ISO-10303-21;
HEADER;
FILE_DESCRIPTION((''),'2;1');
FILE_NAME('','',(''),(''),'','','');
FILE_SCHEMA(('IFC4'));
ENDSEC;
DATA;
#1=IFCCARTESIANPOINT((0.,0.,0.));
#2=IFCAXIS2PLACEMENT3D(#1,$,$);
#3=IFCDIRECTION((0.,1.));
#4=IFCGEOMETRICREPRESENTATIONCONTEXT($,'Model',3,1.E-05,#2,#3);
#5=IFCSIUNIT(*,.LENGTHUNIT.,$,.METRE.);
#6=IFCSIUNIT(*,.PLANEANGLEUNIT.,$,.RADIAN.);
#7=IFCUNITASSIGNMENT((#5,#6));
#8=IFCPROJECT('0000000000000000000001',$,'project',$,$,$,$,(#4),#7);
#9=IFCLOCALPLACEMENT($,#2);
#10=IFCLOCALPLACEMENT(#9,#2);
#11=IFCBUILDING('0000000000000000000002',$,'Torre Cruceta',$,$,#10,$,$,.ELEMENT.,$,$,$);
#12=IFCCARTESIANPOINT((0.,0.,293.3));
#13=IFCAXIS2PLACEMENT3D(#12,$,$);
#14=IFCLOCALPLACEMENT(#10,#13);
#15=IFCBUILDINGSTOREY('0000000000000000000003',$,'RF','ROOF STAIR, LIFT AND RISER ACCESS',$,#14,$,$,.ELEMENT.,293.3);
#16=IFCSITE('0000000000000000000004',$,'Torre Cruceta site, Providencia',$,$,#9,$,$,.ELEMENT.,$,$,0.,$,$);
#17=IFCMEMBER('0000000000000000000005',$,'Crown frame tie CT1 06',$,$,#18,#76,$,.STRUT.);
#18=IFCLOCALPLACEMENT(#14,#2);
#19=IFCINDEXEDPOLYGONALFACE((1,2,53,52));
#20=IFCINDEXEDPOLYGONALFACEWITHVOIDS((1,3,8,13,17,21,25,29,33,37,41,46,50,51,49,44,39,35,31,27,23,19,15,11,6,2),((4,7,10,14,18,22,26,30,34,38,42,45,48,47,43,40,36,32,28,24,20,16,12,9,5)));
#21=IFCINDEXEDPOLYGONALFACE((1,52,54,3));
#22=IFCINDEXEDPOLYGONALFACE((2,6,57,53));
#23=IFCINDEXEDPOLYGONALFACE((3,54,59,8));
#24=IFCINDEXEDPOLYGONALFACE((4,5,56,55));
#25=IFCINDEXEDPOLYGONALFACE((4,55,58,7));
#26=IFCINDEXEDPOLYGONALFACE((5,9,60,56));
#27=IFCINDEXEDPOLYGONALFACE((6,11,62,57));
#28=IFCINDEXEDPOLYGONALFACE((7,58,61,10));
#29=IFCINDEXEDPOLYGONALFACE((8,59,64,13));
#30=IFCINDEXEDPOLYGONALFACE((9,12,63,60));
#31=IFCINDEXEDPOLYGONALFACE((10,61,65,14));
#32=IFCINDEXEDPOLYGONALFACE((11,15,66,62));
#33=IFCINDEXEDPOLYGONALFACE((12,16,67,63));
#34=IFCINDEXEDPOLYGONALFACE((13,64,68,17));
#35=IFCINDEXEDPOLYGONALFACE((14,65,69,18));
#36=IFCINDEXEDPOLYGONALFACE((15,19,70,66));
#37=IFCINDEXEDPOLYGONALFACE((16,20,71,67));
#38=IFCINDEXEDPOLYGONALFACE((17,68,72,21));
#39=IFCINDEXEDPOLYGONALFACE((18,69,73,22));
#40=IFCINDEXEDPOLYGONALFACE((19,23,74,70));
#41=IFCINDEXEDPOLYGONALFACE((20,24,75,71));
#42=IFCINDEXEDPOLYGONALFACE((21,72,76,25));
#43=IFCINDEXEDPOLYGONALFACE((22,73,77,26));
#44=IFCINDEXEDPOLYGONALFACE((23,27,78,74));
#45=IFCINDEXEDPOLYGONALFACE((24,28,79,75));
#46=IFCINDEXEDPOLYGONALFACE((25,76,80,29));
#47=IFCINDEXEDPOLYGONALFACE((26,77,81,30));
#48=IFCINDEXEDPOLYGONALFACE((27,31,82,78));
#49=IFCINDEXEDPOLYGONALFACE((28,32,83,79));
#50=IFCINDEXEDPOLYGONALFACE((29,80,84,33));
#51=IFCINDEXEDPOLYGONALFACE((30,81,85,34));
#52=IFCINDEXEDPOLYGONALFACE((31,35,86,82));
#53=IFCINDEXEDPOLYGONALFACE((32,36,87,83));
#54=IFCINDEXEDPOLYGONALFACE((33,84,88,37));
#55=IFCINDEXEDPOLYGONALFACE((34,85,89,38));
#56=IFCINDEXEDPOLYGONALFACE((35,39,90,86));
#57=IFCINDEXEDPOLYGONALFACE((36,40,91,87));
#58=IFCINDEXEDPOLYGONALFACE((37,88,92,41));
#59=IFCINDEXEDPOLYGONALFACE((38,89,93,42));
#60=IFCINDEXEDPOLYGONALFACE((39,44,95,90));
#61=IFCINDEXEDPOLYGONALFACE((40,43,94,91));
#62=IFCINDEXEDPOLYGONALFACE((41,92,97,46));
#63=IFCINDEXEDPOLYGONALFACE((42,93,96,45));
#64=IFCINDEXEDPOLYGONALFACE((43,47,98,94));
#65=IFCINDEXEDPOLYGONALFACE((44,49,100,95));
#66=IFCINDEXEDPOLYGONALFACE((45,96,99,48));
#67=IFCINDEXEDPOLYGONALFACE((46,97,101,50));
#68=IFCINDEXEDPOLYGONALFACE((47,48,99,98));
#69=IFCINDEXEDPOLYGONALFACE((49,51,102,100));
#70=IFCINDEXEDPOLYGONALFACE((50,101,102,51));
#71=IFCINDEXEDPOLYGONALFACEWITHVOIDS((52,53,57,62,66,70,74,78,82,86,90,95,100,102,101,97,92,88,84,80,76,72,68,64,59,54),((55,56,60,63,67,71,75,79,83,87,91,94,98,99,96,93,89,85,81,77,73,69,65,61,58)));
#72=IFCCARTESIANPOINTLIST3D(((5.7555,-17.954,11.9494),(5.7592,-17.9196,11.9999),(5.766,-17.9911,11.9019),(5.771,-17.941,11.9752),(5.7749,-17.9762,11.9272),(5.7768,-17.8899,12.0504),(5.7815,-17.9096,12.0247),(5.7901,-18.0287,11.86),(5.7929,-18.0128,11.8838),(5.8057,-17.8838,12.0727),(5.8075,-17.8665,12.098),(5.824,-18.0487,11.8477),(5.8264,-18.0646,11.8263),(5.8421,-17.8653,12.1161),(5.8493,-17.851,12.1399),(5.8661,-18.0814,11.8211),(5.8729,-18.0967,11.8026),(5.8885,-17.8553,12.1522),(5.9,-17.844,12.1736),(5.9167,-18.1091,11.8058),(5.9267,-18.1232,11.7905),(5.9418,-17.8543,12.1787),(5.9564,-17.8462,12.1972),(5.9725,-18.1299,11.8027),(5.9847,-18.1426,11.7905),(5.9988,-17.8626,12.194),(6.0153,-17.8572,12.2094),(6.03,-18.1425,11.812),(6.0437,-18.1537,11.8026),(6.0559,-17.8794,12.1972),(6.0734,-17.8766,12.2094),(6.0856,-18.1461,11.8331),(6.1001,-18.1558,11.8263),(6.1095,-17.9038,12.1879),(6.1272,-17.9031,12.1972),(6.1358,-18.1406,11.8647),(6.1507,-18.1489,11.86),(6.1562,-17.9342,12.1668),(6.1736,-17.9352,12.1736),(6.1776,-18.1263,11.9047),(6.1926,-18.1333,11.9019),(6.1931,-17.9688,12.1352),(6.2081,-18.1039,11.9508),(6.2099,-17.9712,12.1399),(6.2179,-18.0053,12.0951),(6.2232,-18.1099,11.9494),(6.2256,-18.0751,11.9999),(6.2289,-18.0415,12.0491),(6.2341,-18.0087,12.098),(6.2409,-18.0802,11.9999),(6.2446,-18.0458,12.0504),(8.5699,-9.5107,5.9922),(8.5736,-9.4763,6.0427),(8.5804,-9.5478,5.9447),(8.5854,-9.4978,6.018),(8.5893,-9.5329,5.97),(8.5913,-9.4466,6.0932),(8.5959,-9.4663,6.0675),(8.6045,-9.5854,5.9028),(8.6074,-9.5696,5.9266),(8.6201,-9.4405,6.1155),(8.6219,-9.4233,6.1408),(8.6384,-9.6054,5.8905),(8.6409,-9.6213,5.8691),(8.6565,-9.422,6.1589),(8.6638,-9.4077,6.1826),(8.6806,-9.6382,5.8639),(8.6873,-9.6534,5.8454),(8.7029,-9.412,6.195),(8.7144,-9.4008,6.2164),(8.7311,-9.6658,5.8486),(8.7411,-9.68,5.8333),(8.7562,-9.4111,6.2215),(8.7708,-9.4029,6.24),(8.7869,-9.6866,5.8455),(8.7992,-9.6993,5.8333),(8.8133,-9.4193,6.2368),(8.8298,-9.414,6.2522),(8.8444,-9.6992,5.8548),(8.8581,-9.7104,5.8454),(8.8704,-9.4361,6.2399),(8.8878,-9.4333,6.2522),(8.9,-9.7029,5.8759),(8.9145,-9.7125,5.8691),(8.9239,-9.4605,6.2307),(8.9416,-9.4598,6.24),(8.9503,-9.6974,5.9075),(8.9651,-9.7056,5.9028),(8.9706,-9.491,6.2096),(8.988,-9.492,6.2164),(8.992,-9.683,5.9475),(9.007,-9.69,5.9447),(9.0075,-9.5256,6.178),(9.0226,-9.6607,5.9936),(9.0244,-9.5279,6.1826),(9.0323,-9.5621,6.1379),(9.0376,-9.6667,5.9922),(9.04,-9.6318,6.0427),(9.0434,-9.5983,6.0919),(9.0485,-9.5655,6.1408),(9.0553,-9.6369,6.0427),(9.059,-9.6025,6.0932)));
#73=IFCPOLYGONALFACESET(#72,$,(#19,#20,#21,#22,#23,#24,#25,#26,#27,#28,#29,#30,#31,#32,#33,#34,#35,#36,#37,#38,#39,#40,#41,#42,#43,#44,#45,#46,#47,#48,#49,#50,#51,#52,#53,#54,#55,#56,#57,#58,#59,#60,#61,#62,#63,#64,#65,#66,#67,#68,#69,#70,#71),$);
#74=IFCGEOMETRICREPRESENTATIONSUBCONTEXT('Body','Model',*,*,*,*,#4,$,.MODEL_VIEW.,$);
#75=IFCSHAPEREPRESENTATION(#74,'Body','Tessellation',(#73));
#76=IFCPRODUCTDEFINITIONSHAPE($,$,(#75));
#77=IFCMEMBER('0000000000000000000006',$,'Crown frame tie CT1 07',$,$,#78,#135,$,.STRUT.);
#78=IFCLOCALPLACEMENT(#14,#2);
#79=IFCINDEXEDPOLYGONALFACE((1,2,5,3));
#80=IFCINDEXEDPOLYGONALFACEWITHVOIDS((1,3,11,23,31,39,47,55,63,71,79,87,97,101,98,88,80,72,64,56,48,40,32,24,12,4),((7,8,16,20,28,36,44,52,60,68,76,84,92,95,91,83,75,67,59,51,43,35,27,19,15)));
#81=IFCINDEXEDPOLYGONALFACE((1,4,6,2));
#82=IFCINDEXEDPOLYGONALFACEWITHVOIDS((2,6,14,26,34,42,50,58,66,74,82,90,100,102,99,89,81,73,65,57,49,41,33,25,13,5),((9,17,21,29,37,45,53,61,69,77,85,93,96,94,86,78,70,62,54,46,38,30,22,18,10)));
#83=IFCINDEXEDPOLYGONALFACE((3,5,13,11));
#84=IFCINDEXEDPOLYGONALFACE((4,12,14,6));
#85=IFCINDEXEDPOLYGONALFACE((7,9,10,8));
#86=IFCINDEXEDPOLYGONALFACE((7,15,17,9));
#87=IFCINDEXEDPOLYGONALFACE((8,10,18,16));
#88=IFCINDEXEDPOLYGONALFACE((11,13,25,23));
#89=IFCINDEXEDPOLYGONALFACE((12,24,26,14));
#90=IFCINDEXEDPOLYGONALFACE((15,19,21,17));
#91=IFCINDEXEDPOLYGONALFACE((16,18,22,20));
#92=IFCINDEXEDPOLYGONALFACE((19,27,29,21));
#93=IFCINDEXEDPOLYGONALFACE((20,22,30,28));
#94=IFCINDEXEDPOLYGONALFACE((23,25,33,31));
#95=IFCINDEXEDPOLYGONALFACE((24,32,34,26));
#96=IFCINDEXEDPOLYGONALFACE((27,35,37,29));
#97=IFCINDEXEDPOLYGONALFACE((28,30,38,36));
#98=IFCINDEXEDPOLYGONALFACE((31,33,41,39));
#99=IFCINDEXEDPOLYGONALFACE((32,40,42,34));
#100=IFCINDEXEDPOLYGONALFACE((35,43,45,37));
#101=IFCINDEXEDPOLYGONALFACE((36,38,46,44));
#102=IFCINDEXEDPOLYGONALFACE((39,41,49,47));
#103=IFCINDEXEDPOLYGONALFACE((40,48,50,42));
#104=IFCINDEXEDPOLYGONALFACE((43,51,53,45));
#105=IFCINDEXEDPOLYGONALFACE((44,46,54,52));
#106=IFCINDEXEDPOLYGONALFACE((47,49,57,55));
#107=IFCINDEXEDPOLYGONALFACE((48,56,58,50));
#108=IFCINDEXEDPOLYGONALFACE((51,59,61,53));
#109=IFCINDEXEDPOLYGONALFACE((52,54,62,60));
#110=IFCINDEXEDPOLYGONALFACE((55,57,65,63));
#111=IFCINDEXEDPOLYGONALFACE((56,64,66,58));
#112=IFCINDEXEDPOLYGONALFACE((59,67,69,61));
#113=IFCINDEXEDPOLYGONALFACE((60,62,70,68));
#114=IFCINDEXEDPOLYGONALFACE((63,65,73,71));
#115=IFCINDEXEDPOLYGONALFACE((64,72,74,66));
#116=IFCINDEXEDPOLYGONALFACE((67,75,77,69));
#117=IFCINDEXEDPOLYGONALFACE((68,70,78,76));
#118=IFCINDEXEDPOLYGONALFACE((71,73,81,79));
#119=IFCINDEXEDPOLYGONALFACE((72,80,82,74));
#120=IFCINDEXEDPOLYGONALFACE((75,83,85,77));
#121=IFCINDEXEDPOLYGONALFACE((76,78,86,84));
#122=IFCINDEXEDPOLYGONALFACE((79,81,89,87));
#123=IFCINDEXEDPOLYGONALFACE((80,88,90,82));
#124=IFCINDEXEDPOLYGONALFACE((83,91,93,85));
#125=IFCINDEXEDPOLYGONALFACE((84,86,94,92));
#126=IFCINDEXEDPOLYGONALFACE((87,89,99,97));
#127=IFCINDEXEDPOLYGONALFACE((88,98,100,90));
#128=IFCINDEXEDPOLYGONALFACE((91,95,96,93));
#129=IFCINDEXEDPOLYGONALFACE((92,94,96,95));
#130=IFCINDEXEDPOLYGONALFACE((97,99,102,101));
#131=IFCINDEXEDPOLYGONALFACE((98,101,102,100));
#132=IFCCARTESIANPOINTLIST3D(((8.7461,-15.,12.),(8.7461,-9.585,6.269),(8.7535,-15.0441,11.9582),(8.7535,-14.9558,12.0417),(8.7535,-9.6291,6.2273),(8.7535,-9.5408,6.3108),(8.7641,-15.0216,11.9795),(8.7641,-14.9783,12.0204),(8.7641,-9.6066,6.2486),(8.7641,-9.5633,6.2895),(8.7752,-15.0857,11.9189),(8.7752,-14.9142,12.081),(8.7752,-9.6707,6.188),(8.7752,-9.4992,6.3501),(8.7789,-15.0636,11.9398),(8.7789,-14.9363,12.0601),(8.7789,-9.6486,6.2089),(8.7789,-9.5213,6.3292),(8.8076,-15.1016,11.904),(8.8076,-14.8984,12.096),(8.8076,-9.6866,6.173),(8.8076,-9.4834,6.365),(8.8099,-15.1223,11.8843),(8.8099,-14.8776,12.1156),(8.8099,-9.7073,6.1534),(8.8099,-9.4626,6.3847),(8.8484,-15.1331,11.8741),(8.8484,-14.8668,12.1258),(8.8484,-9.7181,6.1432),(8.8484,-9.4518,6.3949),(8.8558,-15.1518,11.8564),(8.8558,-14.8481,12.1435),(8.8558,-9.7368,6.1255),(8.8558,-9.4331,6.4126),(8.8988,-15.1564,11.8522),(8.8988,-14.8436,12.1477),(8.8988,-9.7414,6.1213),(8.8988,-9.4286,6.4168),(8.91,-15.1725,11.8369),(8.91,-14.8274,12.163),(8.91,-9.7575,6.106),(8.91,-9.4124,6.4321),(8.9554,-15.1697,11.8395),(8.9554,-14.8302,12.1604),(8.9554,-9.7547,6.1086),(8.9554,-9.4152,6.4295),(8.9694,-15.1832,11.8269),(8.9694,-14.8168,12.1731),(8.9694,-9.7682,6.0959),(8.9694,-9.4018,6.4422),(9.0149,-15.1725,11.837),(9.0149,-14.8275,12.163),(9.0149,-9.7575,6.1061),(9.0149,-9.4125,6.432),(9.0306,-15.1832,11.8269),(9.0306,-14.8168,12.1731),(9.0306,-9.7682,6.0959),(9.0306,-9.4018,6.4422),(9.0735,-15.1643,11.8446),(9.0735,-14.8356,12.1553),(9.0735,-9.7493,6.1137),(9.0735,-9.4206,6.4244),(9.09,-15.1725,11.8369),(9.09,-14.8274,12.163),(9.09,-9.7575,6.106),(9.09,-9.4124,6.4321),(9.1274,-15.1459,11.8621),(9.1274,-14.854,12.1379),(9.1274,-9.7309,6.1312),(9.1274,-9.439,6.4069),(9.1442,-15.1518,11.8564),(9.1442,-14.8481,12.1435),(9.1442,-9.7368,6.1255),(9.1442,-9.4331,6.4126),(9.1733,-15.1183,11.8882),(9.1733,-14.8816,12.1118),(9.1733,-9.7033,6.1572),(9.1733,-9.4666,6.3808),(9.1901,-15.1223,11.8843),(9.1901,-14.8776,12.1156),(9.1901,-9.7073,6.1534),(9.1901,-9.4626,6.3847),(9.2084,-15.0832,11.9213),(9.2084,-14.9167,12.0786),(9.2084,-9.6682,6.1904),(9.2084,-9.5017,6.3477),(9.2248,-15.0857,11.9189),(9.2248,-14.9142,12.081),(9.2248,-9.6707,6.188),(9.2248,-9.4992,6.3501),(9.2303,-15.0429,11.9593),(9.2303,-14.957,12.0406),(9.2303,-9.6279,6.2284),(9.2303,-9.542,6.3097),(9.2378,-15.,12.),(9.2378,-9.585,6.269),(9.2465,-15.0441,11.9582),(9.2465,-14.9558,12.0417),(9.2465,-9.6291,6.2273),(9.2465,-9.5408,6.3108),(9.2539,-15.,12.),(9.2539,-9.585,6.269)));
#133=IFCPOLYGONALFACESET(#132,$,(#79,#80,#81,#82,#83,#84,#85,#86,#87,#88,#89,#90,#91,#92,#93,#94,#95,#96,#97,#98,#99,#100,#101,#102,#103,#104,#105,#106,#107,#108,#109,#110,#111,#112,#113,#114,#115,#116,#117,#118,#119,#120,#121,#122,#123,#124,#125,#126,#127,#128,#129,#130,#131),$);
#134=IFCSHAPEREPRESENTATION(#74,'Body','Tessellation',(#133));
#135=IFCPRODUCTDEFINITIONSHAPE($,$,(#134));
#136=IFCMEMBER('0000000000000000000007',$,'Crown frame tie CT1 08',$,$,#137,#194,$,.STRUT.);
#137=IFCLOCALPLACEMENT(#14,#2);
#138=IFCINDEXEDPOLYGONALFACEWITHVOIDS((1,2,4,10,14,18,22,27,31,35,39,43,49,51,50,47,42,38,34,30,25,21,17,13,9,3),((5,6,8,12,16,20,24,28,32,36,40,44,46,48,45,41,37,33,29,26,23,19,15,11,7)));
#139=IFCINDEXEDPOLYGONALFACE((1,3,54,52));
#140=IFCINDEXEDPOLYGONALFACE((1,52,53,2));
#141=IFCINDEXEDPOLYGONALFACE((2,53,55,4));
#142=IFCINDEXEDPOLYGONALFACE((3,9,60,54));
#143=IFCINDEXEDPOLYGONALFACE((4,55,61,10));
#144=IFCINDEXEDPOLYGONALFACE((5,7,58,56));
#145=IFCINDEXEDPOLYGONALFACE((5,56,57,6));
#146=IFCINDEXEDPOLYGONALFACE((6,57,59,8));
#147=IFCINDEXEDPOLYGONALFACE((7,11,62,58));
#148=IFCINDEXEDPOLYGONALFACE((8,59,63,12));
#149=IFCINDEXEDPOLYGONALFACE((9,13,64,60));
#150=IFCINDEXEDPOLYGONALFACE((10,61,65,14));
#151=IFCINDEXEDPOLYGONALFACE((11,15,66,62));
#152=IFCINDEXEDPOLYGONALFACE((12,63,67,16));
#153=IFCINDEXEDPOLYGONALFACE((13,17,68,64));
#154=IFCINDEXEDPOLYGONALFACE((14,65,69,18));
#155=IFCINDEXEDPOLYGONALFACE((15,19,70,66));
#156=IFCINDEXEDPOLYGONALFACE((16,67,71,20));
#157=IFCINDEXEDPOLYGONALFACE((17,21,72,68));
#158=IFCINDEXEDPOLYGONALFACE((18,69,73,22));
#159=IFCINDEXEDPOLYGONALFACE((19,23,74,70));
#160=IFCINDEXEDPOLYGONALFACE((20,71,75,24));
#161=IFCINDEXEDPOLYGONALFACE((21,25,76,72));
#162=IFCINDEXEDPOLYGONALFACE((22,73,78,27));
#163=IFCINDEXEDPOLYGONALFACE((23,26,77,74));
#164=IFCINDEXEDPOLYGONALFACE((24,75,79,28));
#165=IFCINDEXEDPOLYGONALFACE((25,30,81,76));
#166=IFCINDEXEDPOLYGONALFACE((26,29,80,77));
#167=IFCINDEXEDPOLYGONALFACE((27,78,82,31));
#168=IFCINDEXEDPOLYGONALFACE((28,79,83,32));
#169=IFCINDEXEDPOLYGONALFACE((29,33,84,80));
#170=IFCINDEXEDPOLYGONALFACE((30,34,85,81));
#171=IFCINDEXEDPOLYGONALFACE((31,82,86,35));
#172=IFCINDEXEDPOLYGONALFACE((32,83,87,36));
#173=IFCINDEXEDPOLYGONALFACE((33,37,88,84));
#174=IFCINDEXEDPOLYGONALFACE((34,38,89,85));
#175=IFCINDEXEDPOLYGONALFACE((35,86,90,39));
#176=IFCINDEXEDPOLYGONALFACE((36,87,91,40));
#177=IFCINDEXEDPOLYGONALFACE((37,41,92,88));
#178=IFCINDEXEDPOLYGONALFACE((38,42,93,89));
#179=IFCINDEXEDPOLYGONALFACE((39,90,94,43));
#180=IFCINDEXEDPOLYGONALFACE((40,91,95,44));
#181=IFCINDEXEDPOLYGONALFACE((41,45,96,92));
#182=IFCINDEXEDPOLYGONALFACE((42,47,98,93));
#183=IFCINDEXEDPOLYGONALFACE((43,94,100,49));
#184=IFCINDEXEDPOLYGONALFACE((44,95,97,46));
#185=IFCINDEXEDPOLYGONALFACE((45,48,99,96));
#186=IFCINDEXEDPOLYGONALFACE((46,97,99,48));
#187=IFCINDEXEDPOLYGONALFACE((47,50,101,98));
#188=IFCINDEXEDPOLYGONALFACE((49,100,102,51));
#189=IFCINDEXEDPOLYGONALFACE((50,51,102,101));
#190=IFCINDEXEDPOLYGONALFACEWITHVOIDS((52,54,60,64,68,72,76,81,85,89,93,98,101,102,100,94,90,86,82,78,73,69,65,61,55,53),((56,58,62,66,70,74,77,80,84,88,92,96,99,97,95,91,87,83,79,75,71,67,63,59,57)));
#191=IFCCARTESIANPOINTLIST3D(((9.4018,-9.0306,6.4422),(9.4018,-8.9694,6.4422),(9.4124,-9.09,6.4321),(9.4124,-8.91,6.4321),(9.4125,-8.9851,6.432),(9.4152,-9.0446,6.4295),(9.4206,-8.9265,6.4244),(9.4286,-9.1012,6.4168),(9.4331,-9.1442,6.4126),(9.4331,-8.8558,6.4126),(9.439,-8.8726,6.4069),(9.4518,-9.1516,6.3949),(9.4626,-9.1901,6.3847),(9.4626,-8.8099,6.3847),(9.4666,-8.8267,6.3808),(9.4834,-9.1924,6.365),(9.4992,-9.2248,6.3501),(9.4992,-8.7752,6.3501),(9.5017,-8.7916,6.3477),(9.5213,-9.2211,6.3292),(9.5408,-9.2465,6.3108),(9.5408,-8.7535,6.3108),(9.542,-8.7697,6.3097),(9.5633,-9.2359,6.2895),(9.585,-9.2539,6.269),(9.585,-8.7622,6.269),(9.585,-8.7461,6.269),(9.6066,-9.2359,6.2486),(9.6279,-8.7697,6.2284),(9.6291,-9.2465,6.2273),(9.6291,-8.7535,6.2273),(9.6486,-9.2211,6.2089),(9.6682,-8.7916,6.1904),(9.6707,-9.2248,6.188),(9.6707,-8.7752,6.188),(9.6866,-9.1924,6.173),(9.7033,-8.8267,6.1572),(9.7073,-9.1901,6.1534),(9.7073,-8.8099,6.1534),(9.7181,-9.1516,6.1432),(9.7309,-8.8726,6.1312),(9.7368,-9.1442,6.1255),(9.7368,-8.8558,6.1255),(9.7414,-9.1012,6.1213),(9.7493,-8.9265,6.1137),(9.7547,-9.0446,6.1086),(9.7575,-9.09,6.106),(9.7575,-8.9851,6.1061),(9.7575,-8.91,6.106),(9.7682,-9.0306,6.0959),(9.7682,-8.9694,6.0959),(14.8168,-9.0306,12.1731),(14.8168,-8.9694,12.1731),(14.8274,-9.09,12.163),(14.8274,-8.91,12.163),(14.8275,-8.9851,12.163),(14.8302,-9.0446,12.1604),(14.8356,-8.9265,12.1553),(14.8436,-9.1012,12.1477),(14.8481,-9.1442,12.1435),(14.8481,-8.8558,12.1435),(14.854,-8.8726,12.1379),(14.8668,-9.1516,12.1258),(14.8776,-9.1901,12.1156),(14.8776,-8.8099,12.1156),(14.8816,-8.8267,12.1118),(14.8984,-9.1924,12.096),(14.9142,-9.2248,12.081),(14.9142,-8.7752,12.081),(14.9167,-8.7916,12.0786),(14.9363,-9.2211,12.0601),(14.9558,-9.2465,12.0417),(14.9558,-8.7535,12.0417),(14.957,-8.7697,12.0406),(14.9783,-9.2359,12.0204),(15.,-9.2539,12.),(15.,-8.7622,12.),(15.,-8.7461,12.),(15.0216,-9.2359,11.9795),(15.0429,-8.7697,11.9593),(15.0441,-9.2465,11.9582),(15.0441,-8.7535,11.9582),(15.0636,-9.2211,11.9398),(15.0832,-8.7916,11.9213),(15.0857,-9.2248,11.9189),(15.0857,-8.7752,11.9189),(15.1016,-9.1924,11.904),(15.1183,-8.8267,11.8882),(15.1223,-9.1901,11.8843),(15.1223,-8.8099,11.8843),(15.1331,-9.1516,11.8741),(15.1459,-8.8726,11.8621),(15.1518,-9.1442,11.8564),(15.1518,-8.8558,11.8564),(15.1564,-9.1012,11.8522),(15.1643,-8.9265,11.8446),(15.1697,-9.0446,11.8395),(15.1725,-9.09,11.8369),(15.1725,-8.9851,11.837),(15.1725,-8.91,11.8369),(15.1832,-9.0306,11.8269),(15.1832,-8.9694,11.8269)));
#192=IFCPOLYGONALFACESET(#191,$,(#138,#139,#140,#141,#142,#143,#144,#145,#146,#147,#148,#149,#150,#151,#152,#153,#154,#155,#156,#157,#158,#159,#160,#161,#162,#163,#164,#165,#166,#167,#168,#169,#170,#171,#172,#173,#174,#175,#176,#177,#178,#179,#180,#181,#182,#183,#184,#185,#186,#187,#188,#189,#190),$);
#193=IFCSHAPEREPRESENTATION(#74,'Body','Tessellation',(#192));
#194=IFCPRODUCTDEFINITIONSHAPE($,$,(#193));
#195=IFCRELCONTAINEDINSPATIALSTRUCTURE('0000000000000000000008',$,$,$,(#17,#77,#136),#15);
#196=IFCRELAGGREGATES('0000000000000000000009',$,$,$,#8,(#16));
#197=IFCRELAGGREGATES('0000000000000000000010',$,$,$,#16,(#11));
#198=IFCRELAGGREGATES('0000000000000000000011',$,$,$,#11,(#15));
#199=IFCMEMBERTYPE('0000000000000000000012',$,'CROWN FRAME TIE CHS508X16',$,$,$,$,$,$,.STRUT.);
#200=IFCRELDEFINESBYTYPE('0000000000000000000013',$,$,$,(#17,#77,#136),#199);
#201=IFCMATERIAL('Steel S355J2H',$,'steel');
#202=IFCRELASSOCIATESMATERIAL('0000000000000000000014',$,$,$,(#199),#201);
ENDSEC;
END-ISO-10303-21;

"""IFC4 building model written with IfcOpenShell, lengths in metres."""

from ifc_helpers import new_model, si_unit, direction, frame, origin, origin_2d, place, context, subcontext, project, spatial, hollow_circle, extrude, material, material_profile, profile_set, type_object, element, save


model = new_model("IFC4")

# Units and contexts
model_context = context("Model", 3, precision=1e-05, world=origin(), true_north=direction((0.0, 1.0)))
body_context = subcontext(model_context, "Body", "Model", "MODEL_VIEW")
ifc_project = project(units=[si_unit("LENGTHUNIT", "METRE"), si_unit("PLANEANGLEUNIT", "RADIAN")], contexts=[model_context])

# Site, building, storey
site_placement = place(None, origin())
site = spatial("IfcSite", under=ifc_project, at=site_placement, Name="Torre Cruceta site, Providencia", CompositionType="ELEMENT", RefElevation=0.0)
building_placement = place(site_placement, origin())
building = spatial("IfcBuilding", under=site, at=building_placement, Name="Torre Cruceta", CompositionType="ELEMENT")
storey_placement = place(building_placement, frame((0.0, 0.0, 293.3)))
storey = spatial("IfcBuildingStorey", under=building, at=storey_placement, Name="RF", Description="ROOF STAIR, LIFT AND RISER ACCESS", CompositionType="ELEMENT", Elevation=293.3)

# Members
ifc_material_1 = material(Name="Steel S355J2H", Category="steel")
ifc_material_profile_1 = material_profile(ifc_material_1, hollow_circle(Radius=0.2539, WallThickness=0.0161, at=origin_2d()), Name="CHS508X16")
ifc_profile_set_1 = profile_set([ifc_material_profile_1], Name="Steel S355J2H")
member_type_1 = type_object("IfcMemberType", Name="CROWN FRAME TIE CHS508X16", PredefinedType="STRUT", material=ifc_profile_set_1)
member_1_placement = place(storey_placement, frame((8.8145, -9.5566, 6.0427), z_axis=(-0.262791, -0.788374, 0.556243), x_axis=(0.948683, -0.316228, 0.0)))
element("IfcMember", 1, at=member_1_placement, inside=storey, type_object=member_type_1, Name="Crown frame tie CT1 06", PredefinedType="STRUT", context=body_context, shape_type="SweptSolid", body=[
    extrude(hollow_circle(Radius=0.2539, WallThickness=0.0161, at=origin_2d()), origin(), (0.0, 0.0, 1.0), 10.7097),
])
for number, where, z_axis, x_axis, name in (
    (2, (9.0, -9.585, 6.269), (0.0, -0.686789, 0.726857), (1.0, 0.0, 0.0), "Crown frame tie CT1 07"),
    (3, (9.585, -9.0, 6.269), (0.686789, 0.0, 0.726857), (0.0, 1.0, 0.0), "Crown frame tie CT1 08"),
):
    element("IfcMember", number, at=place(storey_placement, frame(where, z_axis=z_axis, x_axis=x_axis)), inside=storey, type_object=member_type_1, Name=name, PredefinedType="STRUT", context=body_context, shape_type="SweptSolid", body=[
        extrude(hollow_circle(Radius=0.2539, WallThickness=0.0161, at=origin_2d()), origin(), (0.0, 0.0, 1.0), 7.8845),
    ])

save(model, "model.ifc")
